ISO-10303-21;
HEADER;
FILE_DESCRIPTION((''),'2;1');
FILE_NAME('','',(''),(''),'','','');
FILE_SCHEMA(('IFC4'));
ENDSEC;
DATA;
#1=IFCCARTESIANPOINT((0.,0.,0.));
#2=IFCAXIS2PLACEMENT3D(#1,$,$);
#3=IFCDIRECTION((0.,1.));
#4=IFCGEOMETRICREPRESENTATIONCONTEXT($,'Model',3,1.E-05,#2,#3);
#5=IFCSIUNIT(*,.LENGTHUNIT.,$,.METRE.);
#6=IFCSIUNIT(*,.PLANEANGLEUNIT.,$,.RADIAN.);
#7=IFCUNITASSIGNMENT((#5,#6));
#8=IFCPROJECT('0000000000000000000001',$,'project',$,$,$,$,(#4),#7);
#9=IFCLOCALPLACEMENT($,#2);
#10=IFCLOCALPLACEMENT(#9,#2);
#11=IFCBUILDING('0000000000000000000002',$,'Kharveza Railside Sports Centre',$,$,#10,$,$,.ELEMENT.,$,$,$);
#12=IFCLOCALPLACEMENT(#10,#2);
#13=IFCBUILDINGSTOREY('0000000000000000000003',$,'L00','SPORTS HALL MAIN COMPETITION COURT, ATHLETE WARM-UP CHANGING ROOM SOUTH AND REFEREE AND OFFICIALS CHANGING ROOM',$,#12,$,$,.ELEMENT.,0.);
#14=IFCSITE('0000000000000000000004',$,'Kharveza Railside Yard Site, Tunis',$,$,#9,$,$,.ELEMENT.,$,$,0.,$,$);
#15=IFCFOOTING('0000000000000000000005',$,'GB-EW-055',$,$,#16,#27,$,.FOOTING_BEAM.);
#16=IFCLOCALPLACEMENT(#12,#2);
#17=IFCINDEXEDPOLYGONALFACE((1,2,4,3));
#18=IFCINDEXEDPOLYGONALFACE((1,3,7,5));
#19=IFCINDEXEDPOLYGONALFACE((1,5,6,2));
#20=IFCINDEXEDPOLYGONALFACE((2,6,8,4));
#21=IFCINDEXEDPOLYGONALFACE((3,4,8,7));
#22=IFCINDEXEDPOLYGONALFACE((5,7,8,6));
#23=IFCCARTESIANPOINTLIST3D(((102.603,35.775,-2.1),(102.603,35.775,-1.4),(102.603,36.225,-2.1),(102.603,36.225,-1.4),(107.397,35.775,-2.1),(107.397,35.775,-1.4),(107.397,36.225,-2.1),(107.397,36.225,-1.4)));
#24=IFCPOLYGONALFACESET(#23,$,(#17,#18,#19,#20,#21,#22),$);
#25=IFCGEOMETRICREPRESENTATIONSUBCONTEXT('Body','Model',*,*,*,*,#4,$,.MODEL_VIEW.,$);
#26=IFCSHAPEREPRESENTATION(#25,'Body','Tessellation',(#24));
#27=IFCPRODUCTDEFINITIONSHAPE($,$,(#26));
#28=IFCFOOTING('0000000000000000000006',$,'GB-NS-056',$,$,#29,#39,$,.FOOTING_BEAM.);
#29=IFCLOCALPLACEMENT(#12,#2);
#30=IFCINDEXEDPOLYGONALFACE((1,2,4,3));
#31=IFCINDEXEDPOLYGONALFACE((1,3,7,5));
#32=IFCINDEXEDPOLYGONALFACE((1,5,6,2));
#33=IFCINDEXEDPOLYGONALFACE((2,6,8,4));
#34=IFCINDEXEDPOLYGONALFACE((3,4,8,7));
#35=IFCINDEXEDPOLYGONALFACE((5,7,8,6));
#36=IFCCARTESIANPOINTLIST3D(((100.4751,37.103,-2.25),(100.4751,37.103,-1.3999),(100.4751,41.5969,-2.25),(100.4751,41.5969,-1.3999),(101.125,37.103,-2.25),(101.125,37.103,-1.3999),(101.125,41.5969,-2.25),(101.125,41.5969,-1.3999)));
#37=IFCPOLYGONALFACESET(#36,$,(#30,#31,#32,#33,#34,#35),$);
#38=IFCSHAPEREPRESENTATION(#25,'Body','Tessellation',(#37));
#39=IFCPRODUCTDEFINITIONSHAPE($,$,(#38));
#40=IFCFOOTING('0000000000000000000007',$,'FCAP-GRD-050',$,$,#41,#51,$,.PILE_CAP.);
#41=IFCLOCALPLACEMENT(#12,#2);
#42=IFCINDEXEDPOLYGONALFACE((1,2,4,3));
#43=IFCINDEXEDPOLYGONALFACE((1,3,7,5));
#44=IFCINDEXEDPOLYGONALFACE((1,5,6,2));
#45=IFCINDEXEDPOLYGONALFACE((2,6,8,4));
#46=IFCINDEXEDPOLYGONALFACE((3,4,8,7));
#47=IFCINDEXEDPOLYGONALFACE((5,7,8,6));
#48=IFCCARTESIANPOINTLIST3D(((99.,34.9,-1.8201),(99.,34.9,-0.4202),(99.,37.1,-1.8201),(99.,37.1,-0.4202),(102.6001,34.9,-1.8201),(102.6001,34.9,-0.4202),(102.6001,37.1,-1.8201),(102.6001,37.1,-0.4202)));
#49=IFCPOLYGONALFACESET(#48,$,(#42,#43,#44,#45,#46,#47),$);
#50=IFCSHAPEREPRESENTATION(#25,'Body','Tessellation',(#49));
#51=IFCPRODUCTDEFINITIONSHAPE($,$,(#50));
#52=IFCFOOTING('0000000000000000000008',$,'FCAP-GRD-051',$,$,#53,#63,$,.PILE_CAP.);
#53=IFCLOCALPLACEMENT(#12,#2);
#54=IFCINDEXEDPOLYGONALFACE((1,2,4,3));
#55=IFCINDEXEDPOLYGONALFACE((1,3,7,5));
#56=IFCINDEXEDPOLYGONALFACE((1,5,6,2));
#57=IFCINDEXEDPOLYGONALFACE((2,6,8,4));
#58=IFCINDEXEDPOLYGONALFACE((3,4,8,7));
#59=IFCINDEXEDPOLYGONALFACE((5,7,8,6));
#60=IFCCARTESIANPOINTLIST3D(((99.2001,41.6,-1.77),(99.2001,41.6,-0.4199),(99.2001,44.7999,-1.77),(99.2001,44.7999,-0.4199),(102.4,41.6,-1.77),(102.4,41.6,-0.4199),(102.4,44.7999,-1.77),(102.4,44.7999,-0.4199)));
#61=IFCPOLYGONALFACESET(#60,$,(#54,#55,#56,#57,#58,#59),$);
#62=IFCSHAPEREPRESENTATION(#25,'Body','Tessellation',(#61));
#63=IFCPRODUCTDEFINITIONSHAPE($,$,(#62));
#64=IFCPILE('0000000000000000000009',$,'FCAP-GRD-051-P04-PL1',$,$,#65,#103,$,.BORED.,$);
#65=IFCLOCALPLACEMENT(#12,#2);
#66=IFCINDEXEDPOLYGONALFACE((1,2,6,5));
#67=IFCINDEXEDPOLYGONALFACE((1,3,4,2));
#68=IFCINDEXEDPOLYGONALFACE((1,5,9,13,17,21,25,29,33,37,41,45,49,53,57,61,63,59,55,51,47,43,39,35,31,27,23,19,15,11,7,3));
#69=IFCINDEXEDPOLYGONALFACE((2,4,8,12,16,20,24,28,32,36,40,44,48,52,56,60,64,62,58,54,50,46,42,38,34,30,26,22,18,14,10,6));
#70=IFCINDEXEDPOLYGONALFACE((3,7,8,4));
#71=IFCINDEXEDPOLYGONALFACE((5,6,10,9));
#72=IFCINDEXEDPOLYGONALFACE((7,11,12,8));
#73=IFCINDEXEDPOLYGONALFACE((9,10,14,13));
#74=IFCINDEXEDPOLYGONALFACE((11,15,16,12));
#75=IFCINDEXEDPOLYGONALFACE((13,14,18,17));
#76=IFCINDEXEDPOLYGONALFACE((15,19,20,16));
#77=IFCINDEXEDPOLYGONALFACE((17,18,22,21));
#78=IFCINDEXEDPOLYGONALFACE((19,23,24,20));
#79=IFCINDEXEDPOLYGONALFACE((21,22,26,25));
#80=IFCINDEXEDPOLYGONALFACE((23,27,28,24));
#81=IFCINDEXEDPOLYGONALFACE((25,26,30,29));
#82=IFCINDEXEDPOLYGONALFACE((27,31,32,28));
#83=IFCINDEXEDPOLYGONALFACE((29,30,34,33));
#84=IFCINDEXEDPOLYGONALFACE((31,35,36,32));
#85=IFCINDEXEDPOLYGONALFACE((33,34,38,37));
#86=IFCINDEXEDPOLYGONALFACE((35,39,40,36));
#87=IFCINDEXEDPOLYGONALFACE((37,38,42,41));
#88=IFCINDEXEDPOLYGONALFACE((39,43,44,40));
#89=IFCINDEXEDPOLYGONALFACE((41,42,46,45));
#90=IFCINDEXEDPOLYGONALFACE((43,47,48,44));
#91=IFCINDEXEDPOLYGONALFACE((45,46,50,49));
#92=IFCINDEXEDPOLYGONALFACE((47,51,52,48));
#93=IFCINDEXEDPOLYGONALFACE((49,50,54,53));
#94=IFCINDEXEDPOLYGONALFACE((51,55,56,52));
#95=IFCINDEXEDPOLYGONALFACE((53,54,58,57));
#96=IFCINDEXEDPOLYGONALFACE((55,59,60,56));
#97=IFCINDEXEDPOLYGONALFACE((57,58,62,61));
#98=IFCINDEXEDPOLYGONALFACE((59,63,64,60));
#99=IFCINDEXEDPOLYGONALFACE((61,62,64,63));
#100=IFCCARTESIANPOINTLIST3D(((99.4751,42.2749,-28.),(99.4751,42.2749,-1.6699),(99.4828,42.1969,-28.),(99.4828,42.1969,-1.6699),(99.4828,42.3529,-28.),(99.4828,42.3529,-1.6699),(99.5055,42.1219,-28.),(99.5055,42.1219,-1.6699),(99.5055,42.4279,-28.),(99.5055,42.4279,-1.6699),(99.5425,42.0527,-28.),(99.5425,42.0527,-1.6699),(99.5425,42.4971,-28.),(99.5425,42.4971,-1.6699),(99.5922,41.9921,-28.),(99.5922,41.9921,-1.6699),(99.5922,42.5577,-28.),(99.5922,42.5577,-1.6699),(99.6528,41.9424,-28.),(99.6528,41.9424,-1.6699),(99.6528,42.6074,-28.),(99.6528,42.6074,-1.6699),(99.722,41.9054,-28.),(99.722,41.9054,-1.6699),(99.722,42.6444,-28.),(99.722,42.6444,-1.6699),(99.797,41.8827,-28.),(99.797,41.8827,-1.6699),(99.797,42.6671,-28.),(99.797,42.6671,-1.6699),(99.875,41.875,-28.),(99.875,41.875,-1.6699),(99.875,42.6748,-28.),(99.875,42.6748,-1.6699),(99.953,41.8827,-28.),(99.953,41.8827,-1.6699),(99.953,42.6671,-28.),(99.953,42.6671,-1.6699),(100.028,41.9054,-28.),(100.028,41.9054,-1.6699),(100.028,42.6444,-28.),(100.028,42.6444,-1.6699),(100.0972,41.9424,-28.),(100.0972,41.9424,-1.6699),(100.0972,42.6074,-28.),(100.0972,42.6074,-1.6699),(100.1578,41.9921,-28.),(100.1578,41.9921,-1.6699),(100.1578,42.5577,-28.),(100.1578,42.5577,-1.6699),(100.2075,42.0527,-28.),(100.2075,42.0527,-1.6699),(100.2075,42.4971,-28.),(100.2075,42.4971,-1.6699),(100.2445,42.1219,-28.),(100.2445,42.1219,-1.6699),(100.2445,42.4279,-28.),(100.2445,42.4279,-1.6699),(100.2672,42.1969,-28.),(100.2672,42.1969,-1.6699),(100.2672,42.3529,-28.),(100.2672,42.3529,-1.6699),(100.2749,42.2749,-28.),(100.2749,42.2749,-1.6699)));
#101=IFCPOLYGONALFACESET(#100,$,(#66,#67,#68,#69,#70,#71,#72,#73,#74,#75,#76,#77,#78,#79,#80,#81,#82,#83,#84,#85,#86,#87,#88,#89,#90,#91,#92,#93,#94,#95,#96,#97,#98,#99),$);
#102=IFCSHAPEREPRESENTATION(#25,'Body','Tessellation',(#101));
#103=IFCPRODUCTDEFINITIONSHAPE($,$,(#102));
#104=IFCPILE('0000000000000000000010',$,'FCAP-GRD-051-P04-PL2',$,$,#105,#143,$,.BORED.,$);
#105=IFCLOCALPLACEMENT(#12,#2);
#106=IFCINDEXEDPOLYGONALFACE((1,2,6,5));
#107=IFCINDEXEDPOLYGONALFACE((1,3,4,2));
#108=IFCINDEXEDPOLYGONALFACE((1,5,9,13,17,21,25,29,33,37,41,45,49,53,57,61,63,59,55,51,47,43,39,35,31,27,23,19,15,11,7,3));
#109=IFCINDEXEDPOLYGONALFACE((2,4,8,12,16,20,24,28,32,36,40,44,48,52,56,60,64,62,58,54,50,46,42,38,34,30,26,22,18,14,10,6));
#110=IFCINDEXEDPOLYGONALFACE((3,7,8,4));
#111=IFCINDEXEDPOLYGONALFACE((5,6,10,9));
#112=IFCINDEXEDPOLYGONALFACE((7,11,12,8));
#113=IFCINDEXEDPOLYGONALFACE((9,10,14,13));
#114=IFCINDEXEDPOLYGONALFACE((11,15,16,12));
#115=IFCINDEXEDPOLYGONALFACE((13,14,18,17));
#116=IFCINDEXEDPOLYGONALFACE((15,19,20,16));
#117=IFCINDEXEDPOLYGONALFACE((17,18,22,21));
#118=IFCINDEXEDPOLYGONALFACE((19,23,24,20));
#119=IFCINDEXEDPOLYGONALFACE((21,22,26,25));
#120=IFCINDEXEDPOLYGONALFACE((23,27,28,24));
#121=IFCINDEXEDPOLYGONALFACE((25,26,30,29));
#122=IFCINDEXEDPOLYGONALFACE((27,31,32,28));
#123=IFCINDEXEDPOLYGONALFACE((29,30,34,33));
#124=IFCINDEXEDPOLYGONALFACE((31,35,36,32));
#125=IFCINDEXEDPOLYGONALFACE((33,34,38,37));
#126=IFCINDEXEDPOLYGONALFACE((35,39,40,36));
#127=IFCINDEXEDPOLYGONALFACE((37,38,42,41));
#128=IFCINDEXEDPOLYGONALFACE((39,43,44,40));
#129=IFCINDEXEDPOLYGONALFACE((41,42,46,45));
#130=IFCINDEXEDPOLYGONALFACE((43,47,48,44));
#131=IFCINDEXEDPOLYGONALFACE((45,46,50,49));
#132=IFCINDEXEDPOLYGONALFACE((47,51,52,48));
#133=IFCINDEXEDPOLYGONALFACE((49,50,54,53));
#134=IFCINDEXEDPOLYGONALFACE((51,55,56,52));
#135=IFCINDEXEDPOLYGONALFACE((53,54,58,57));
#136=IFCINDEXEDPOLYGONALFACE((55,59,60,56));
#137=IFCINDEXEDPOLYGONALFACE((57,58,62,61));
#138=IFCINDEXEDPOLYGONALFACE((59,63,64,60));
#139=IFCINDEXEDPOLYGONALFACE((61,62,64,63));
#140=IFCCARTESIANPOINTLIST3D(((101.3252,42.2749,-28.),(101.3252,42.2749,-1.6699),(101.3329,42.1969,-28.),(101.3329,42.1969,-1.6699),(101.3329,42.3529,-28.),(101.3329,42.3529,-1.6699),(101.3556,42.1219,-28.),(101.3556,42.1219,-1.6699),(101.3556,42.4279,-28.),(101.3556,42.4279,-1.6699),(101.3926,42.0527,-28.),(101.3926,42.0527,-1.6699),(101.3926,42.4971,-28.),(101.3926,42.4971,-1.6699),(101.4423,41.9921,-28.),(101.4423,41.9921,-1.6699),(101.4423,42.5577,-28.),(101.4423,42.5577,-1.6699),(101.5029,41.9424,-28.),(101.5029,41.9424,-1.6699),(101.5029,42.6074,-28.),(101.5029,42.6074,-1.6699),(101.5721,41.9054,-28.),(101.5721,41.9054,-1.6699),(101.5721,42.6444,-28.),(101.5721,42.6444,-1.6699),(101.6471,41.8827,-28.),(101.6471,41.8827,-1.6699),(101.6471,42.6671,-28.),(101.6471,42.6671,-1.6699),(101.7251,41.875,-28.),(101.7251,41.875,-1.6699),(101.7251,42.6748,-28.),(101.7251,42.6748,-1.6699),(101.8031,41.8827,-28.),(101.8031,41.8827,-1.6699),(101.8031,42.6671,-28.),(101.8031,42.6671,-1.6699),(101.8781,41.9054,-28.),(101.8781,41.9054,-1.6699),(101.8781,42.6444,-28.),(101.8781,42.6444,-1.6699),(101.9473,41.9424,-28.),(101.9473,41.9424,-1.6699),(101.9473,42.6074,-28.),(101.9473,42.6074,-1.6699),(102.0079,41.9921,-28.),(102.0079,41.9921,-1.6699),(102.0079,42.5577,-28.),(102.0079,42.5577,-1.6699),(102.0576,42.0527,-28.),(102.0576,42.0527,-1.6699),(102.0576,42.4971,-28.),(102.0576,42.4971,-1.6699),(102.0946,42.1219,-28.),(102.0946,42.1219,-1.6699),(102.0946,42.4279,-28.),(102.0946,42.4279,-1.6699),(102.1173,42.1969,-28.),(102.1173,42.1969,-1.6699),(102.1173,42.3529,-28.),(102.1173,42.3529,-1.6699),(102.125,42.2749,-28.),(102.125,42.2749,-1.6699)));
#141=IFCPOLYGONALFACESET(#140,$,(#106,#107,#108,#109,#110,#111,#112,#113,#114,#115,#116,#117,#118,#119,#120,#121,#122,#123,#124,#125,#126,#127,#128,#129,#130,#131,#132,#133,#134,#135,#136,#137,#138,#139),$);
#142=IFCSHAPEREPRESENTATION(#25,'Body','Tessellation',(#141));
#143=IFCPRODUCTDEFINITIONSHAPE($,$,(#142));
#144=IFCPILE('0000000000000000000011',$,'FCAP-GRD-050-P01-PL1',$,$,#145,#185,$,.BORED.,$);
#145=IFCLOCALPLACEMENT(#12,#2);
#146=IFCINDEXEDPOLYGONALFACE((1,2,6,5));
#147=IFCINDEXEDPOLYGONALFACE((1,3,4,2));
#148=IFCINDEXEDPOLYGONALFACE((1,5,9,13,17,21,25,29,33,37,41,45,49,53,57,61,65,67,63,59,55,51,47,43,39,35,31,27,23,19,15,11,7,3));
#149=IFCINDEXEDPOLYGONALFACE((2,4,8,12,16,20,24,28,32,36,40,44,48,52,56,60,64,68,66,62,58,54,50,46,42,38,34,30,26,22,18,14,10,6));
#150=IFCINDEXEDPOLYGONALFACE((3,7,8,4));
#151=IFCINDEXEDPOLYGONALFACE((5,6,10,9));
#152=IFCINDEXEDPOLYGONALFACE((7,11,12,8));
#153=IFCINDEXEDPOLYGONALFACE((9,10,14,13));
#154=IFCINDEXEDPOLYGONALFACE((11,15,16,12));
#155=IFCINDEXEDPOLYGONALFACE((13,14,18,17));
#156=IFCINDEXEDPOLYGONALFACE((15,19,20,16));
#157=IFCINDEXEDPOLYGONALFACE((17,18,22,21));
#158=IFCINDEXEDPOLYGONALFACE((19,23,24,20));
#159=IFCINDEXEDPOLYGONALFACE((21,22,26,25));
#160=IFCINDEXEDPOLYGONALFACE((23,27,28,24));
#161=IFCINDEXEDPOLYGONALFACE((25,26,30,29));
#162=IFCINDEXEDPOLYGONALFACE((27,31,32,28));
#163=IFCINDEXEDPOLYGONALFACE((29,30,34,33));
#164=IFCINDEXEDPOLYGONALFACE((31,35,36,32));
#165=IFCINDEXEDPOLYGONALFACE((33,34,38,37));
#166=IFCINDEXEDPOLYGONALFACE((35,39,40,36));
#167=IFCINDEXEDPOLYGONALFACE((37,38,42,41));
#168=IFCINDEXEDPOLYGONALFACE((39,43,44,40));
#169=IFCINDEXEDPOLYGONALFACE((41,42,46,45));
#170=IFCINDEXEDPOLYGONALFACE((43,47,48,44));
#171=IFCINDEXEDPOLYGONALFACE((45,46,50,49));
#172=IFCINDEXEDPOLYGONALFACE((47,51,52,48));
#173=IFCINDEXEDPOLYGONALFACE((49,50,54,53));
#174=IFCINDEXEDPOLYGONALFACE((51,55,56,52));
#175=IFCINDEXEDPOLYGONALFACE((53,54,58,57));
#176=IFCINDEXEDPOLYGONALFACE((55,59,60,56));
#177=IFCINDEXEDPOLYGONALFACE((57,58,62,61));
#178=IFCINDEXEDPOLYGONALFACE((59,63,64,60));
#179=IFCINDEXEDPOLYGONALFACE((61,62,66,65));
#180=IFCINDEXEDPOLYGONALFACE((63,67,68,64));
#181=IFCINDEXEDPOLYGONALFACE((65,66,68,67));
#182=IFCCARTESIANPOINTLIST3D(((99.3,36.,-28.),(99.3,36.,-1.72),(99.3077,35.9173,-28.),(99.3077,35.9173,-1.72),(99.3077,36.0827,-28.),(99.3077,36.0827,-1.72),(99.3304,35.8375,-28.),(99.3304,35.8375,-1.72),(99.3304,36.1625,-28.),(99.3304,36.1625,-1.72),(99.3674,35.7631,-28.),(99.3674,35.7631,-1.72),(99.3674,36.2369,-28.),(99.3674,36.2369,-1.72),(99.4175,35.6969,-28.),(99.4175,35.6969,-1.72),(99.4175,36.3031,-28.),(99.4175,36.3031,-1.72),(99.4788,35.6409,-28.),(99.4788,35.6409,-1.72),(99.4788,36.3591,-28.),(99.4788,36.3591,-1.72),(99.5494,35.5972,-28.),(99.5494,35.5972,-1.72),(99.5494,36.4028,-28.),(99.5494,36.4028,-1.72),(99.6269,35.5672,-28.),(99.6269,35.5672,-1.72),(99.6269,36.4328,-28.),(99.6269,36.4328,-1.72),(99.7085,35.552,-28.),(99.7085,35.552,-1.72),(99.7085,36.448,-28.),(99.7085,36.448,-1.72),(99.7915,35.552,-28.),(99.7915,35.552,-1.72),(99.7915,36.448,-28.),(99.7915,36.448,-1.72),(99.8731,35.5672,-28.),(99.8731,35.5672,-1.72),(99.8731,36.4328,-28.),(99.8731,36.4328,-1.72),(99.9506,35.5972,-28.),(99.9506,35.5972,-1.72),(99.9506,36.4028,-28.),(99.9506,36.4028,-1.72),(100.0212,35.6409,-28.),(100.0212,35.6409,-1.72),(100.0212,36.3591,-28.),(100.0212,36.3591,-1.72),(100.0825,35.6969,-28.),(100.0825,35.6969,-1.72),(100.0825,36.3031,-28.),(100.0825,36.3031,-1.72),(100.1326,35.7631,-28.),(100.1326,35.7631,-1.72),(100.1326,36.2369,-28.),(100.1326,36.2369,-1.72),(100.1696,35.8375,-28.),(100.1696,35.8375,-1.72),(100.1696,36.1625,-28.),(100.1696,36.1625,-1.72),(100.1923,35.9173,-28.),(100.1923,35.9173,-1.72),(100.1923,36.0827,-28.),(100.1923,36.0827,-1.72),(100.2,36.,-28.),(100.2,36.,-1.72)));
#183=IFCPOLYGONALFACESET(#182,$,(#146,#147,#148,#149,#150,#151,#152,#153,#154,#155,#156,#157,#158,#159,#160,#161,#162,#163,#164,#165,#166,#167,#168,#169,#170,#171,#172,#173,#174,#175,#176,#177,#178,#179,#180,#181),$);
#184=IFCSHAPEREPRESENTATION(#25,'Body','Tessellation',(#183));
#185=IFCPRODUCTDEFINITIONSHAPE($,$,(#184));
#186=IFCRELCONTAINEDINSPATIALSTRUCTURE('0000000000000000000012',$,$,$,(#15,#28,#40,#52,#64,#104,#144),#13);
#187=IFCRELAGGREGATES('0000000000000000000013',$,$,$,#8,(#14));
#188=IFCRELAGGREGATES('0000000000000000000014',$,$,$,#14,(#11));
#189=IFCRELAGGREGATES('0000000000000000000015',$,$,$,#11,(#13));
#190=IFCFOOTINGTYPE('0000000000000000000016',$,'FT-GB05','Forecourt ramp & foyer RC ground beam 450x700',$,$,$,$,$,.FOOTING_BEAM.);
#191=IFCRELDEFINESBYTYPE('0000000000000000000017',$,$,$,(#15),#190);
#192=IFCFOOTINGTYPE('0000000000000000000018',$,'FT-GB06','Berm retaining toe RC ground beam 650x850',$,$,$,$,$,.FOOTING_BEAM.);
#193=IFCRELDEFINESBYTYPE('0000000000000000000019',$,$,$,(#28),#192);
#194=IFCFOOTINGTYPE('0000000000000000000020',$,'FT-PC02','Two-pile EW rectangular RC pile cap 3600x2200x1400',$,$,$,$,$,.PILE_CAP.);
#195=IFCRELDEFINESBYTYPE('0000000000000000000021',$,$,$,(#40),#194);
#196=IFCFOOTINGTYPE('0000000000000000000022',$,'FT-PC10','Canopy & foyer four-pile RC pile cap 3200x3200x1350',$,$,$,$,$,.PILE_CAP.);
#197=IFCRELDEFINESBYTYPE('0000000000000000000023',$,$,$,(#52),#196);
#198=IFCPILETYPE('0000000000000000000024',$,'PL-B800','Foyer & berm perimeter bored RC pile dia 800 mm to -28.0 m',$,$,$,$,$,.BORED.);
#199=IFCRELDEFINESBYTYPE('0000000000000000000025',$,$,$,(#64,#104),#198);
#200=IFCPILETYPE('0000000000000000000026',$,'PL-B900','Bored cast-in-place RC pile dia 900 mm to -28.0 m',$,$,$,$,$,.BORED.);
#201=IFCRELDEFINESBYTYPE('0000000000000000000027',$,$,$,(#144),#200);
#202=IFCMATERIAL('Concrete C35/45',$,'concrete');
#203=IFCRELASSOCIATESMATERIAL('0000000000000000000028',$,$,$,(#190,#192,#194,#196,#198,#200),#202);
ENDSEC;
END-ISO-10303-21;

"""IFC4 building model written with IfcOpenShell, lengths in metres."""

from ifc_helpers import new_model, si_unit, direction, frame, origin, origin_2d, place, context, subcontext, project, spatial, rectangle, circle, extrude, material, material_profile, profile_set, type_object, element, save


model = new_model("IFC4")

# Units and contexts
model_context = context("Model", 3, precision=1e-05, world=origin(), true_north=direction((0.0, 1.0)))
body_context = subcontext(model_context, "Body", "Model", "MODEL_VIEW")
ifc_project = project(units=[si_unit("LENGTHUNIT", "METRE"), si_unit("PLANEANGLEUNIT", "RADIAN")], contexts=[model_context])

# Site, building, storey
site_placement = place(None, origin())
site = spatial("IfcSite", under=ifc_project, at=site_placement, Name="Kharveza Railside Yard Site, Tunis", CompositionType="ELEMENT", RefElevation=0.0)
building_placement = place(site_placement, origin())
building = spatial("IfcBuilding", under=site, at=building_placement, Name="Kharveza Railside Sports Centre", CompositionType="ELEMENT")
storey_placement = place(building_placement, origin())
storey = spatial("IfcBuildingStorey", under=building, at=storey_placement, Name="L00", Description="SPORTS HALL MAIN COMPETITION COURT, ATHLETE WARM-UP CHANGING ROOM SOUTH AND REFEREE AND OFFICIALS CHANGING ROOM", CompositionType="ELEMENT", Elevation=0.0)

# Footings
ifc_material_1 = material(Name="Concrete C35/45", Category="concrete")
ifc_material_profile_1 = material_profile(ifc_material_1, rectangle(XDim=0.45, YDim=0.7, at=origin_2d()), Name="GB 450x700")
ifc_profile_set_1 = profile_set([ifc_material_profile_1], Name="Concrete C35/45")
footing_type_1 = type_object("IfcFootingType", Name="FT-GB05", Description="Forecourt ramp & foyer RC ground beam 450x700", PredefinedType="FOOTING_BEAM", material=ifc_profile_set_1)
footing_1_placement = place(storey_placement, frame((102.603, 36.0, -1.75), z_axis=(1.0, 0.0, 0.0), x_axis=(0.0, 1.0, 0.0)))
element("IfcFooting", 1, at=footing_1_placement, inside=storey, type_object=footing_type_1, Name="GB-EW-055", PredefinedType="FOOTING_BEAM", context=body_context, shape_type="SweptSolid", body=[
    extrude(rectangle(XDim=0.45, YDim=0.7, at=origin_2d()), origin(), (0.0, 0.0, 1.0), 4.7939),
])
ifc_material_profile_2 = material_profile(ifc_material_1, rectangle(XDim=0.6499, YDim=0.8501, at=origin_2d()), Name="GB 650x850")
ifc_profile_set_2 = profile_set([ifc_material_profile_2], Name="Concrete C35/45")
footing_type_2 = type_object("IfcFootingType", Name="FT-GB06", Description="Berm retaining toe RC ground beam 650x850", PredefinedType="FOOTING_BEAM", material=ifc_profile_set_2)
footing_2_placement = place(storey_placement, frame((100.8, 37.103, -1.825), z_axis=(0.0, 1.0, 0.0), x_axis=(-1.0, 0.0, 0.0)))
element("IfcFooting", 2, at=footing_2_placement, inside=storey, type_object=footing_type_2, Name="GB-NS-056", PredefinedType="FOOTING_BEAM", context=body_context, shape_type="SweptSolid", body=[
    extrude(rectangle(XDim=0.6499, YDim=0.8501, at=origin_2d()), origin(), (0.0, 0.0, 1.0), 4.4939),
])
footing_type_3 = type_object("IfcFootingType", Name="FT-PC02", Description="Two-pile EW rectangular RC pile cap 3600x2200x1400", PredefinedType="PILE_CAP", material=ifc_material_1)
footing_3_placement = place(storey_placement, frame((100.8, 36.0, -1.8201), z_axis=(0.0, 0.0, 1.0), x_axis=(1.0, 0.0, 0.0)))
element("IfcFooting", 3, at=footing_3_placement, inside=storey, type_object=footing_type_3, Name="FCAP-GRD-050", PredefinedType="PILE_CAP", context=body_context, shape_type="SweptSolid", body=[
    extrude(rectangle(XDim=3.6001, YDim=2.2, at=origin_2d()), origin(), (0.0, 0.0, 1.0), 1.3999),
])
footing_type_4 = type_object("IfcFootingType", Name="FT-PC10", Description="Canopy & foyer four-pile RC pile cap 3200x3200x1350", PredefinedType="PILE_CAP", material=ifc_material_1)
footing_4_placement = place(storey_placement, frame((100.8, 43.2, -1.77), z_axis=(0.0, 0.0, 1.0), x_axis=(1.0, 0.0, 0.0)))
element("IfcFooting", 4, at=footing_4_placement, inside=storey, type_object=footing_type_4, Name="FCAP-GRD-051", PredefinedType="PILE_CAP", context=body_context, shape_type="SweptSolid", body=[
    extrude(rectangle(XDim=3.2, YDim=3.2, at=origin_2d()), origin(), (0.0, 0.0, 1.0), 1.3501),
])

# Piles
ifc_material_profile_3 = material_profile(ifc_material_1, circle(Radius=0.3999, at=origin_2d()), Name="PILE D800")
ifc_profile_set_3 = profile_set([ifc_material_profile_3], Name="Concrete C35/45")
pile_type_1 = type_object("IfcPileType", Name="PL-B800", Description="Foyer & berm perimeter bored RC pile dia 800 mm to -28.0 m", PredefinedType="BORED", material=ifc_profile_set_3)
for number, where, z_axis, x_axis, name in (
    (5, (99.875, 42.2749, -1.6699), (0.0, 0.0, -1.0), (1.0, 0.0, 0.0), "FCAP-GRD-051-P04-PL1"),
    (6, (101.7251, 42.2749, -1.6699), (0.0, 0.0, -1.0), (1.0, 0.0, 0.0), "FCAP-GRD-051-P04-PL2"),
):
    element("IfcPile", number, at=place(storey_placement, frame(where, z_axis=z_axis, x_axis=x_axis)), inside=storey, type_object=pile_type_1, Name=name, PredefinedType="BORED", context=body_context, shape_type="SweptSolid", body=[
        extrude(circle(Radius=0.3999, at=origin_2d()), origin(), (0.0, 0.0, 1.0), 26.3301),
    ])
ifc_material_profile_4 = material_profile(ifc_material_1, circle(Radius=0.45, at=origin_2d()), Name="PILE D900")
ifc_profile_set_4 = profile_set([ifc_material_profile_4], Name="Concrete C35/45")
pile_type_2 = type_object("IfcPileType", Name="PL-B900", Description="Bored cast-in-place RC pile dia 900 mm to -28.0 m", PredefinedType="BORED", material=ifc_profile_set_4)
for number, where, z_axis, x_axis, name in (
    (7, (99.75, 36.0, -1.72), (0.0, 0.0, -1.0), (1.0, 0.0, 0.0), "FCAP-GRD-050-P01-PL1"),
):
    element("IfcPile", number, at=place(storey_placement, frame(where, z_axis=z_axis, x_axis=x_axis)), inside=storey, type_object=pile_type_2, Name=name, PredefinedType="BORED", context=body_context, shape_type="SweptSolid", body=[
        extrude(circle(Radius=0.45, at=origin_2d()), origin(), (0.0, 0.0, 1.0), 26.28),
    ])

save(model, "model.ifc")
